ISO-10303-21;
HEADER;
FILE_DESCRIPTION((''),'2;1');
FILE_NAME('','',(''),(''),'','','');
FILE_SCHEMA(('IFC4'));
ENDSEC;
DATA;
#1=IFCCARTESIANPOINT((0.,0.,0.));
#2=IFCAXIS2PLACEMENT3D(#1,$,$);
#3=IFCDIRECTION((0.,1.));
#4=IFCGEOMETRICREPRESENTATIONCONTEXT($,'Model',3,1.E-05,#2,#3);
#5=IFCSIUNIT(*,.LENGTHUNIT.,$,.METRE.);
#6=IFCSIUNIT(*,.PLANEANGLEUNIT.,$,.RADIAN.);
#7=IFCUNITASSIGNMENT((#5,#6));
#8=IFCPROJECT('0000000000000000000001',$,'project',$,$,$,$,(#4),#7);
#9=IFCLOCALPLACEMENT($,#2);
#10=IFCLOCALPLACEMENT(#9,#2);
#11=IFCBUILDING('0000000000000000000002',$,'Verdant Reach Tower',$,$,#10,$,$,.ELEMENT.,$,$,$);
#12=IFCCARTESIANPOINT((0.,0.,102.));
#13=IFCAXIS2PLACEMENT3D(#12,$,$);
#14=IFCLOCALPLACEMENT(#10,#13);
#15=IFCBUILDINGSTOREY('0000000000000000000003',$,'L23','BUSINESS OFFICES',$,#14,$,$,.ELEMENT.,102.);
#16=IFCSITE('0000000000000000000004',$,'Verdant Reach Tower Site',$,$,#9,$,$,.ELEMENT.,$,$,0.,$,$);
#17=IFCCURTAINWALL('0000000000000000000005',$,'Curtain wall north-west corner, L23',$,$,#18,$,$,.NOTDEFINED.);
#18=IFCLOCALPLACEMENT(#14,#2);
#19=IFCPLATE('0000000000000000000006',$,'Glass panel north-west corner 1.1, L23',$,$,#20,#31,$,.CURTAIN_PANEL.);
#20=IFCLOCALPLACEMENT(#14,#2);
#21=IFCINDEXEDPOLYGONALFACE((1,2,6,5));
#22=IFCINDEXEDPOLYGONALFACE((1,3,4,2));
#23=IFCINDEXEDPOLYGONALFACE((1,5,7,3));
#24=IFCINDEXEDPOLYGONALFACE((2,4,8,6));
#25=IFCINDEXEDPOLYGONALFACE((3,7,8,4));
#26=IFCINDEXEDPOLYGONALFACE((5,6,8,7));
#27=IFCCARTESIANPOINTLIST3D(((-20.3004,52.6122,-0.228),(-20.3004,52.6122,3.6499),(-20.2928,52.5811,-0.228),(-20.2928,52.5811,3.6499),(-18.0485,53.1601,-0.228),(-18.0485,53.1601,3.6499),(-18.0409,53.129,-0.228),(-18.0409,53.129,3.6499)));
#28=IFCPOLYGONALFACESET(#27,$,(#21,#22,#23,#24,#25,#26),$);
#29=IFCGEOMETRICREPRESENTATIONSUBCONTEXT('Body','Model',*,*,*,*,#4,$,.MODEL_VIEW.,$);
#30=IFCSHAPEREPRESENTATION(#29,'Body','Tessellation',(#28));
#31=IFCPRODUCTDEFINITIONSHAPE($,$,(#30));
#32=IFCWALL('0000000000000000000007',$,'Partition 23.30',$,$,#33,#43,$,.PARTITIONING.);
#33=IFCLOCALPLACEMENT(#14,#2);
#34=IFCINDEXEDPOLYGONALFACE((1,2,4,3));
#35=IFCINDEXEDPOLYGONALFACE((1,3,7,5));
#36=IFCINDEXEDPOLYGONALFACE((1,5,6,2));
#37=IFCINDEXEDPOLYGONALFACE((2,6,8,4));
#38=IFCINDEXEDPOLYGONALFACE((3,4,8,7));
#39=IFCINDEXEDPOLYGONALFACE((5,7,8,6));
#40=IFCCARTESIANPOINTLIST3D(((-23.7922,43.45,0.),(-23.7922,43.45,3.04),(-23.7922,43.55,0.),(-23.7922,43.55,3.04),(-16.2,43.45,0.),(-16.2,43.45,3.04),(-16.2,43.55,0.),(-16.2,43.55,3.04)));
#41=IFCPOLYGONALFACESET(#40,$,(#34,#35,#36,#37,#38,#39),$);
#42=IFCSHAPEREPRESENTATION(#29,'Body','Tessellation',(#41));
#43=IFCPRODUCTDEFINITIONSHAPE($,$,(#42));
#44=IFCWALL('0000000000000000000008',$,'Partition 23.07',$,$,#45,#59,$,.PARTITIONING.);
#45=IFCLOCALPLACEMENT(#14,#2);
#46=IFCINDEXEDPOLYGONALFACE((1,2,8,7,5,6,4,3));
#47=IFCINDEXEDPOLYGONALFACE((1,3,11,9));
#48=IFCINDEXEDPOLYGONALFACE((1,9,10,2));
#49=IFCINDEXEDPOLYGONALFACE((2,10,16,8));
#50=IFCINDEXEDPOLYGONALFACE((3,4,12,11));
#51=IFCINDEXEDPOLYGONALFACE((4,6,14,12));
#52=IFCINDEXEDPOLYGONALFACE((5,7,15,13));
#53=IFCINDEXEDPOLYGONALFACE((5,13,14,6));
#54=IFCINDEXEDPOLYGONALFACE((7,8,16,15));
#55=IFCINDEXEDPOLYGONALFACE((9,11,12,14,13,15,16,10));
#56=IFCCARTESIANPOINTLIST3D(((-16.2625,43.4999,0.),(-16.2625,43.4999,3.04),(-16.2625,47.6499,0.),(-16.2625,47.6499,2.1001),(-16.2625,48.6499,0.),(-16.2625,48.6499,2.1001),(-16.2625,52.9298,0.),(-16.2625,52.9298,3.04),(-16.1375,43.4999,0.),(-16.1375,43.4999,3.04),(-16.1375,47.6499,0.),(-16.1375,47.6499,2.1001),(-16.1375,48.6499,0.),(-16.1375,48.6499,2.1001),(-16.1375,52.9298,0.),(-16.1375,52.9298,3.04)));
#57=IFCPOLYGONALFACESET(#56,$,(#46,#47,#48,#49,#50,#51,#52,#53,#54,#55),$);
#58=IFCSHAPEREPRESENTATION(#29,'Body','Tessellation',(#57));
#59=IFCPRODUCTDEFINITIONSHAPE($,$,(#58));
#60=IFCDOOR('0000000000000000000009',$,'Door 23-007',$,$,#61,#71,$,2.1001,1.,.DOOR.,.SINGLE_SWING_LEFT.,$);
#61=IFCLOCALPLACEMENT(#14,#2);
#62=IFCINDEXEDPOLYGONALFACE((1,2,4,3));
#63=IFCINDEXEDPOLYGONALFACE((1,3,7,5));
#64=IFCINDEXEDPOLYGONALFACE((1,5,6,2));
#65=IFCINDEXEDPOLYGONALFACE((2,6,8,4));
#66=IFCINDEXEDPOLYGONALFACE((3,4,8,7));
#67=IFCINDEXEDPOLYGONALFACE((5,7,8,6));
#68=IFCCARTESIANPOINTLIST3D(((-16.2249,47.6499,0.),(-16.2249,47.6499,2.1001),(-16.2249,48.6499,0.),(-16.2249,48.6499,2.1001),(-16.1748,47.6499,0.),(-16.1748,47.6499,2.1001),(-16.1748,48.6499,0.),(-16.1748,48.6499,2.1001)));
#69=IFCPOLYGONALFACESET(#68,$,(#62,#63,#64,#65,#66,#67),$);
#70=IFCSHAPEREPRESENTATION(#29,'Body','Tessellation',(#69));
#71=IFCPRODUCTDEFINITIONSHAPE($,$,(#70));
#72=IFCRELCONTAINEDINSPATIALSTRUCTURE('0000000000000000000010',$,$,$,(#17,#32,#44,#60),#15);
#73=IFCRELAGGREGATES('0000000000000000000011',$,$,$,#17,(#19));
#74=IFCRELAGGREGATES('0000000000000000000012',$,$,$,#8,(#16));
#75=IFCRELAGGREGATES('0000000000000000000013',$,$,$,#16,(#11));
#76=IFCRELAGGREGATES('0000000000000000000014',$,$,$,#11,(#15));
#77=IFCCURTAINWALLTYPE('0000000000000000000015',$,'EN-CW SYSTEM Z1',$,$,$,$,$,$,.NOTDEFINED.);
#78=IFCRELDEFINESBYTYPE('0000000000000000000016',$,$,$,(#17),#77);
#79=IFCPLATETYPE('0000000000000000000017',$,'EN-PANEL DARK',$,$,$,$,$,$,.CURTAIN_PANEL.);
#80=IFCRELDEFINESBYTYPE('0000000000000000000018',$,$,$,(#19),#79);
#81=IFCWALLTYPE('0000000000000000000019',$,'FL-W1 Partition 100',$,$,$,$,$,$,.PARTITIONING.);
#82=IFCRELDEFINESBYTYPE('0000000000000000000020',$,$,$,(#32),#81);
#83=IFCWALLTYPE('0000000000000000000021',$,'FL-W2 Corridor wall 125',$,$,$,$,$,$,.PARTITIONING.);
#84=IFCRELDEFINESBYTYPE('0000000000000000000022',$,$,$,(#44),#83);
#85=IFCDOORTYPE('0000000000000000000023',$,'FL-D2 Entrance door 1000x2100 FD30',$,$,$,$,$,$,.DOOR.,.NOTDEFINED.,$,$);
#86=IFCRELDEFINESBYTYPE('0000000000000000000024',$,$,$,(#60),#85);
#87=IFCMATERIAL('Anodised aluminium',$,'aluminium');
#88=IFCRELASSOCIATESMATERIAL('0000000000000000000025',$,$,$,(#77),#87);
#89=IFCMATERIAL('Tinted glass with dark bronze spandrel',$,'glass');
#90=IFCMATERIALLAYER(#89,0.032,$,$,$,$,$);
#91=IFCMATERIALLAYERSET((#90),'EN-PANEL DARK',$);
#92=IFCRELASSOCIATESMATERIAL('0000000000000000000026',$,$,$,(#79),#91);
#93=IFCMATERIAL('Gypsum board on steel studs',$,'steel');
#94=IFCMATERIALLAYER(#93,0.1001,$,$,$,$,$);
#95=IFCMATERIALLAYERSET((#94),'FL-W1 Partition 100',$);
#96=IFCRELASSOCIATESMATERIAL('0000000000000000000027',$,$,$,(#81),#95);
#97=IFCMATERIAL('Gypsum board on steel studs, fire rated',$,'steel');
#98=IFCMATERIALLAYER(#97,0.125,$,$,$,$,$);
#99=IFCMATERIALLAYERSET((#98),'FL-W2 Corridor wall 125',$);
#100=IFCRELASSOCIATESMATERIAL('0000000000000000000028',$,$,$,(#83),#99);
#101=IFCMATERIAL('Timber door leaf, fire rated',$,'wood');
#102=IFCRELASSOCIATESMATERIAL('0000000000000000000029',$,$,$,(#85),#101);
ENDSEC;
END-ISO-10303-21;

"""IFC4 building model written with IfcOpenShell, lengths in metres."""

from ifc_helpers import new_model, si_unit, direction, frame, frame_2d, origin, origin_2d, place, context, subcontext, project, spatial, rectangle, extrude, material, layer, layer_set, type_object, element, fill, aggregate, save


model = new_model("IFC4")

# Units and contexts
model_context = context("Model", 3, precision=1e-05, world=origin(), true_north=direction((0.0, 1.0)))
body_context = subcontext(model_context, "Body", "Model", "MODEL_VIEW")
ifc_project = project(units=[si_unit("LENGTHUNIT", "METRE"), si_unit("PLANEANGLEUNIT", "RADIAN")], contexts=[model_context])

# Site, building, storey
site_placement = place(None, origin())
site = spatial("IfcSite", under=ifc_project, at=site_placement, Name="Verdant Reach Tower Site", CompositionType="ELEMENT", RefElevation=0.0)
building_placement = place(site_placement, origin())
building = spatial("IfcBuilding", under=site, at=building_placement, Name="Verdant Reach Tower", CompositionType="ELEMENT")
storey_placement = place(building_placement, frame((0.0, 0.0, 102.0)))
storey = spatial("IfcBuildingStorey", under=building, at=storey_placement, Name="L23", Description="BUSINESS OFFICES", CompositionType="ELEMENT", Elevation=102.0)

# Shared definitions
ifc_material_1 = material(Name="Anodised aluminium", Category="aluminium")
curtain_wall_type = type_object("IfcCurtainWallType", Name="EN-CW SYSTEM Z1", PredefinedType="NOTDEFINED", material=ifc_material_1)

# Curtain wall
curtain_wall_1_placement = place(storey_placement, origin())
curtain_wall_1 = element("IfcCurtainWall", 1, at=curtain_wall_1_placement, inside=storey, type_object=curtain_wall_type, Name="Curtain wall north-west corner, L23", PredefinedType="NOTDEFINED")

# Plate
ifc_material_2 = material(Name="Tinted glass with dark bronze spandrel", Category="glass")
ifc_layer_1 = layer(ifc_material_2, 0.032)
ifc_layer_set_1 = layer_set([ifc_layer_1], Name="EN-PANEL DARK")
plate_type_1 = type_object("IfcPlateType", Name="EN-PANEL DARK", PredefinedType="CURTAIN_PANEL", material=ifc_layer_set_1)
plate_1_placement = place(storey_placement, frame((-19.1707, 52.8706, -0.228), z_axis=(0.0, 0.0, 1.0), x_axis=(-0.971661, -0.23638, 0.0)))
plate_1 = element("IfcPlate", 2, at=plate_1_placement, type_object=plate_type_1, Name="Glass panel north-west corner 1.1, L23", PredefinedType="CURTAIN_PANEL", context=body_context, shape_type="SweptSolid", body=[
    extrude(rectangle(XDim=2.3176, YDim=0.032, at=origin_2d()), origin(), (0.0, 0.0, 1.0), 3.8779),
])
aggregate(curtain_wall_1, [plate_1])

# Wall
ifc_material_3 = material(Name="Gypsum board on steel studs", Category="steel")
ifc_layer_2 = layer(ifc_material_3, 0.1001)
ifc_layer_set_2 = layer_set([ifc_layer_2], Name="FL-W1 Partition 100")
wall_type_1 = type_object("IfcWallType", Name="FL-W1 Partition 100", PredefinedType="PARTITIONING", material=ifc_layer_set_2)
wall_1_placement = place(storey_placement, frame((-16.2, 43.5, 0.0), z_axis=(0.0, 0.0, 1.0), x_axis=(-1.0, 0.0, 0.0)))
element("IfcWall", 3, at=wall_1_placement, inside=storey, type_object=wall_type_1, Name="Partition 23.30", PredefinedType="PARTITIONING", context=body_context, shape_type="SweptSolid", body=[
    extrude(rectangle(XDim=7.5923, YDim=0.1001, at=frame_2d((3.7961, 0.0))), origin(), (0.0, 0.0, 1.0), 3.04),
])

# Wall, opening, door
ifc_material_4 = material(Name="Gypsum board on steel studs, fire rated", Category="steel")
ifc_layer_3 = layer(ifc_material_4, 0.125)
ifc_layer_set_3 = layer_set([ifc_layer_3], Name="FL-W2 Corridor wall 125")
wall_type_2 = type_object("IfcWallType", Name="FL-W2 Corridor wall 125", PredefinedType="PARTITIONING", material=ifc_layer_set_3)
wall_2_placement = place(storey_placement, frame((-16.2, 43.5, 0.0), z_axis=(0.0, 0.0, 1.0), x_axis=(0.0, 1.0, 0.0)))
wall_2 = element("IfcWall", 4, at=wall_2_placement, inside=storey, type_object=wall_type_2, Name="Partition 23.07", PredefinedType="PARTITIONING", context=body_context, shape_type="SweptSolid", body=[
    extrude(rectangle(XDim=9.4299, YDim=0.125, at=frame_2d((4.7148, 0.0))), origin(), (0.0, 0.0, 1.0), 3.04),
])
opening_placement = place(wall_2_placement, frame((4.1499, 0.0, 0.0)))
opening = element("IfcOpeningElement", 5, at=opening_placement, cuts=wall_2, PredefinedType="OPENING", context=body_context, shape_type="SweptSolid", body=[
    extrude(rectangle(XDim=1.0, YDim=2.1001, at=frame_2d((0.5, 1.05))), frame((0.0, 0.0725, 0.0), z_axis=(0.0, -1.0, 0.0), x_axis=(1.0, 0.0, 0.0)), (0.0, 0.0, 1.0), 0.145),
])
ifc_material_5 = material(Name="Timber door leaf, fire rated", Category="wood")
door_type = type_object("IfcDoorType", Name="FL-D2 Entrance door 1000x2100 FD30", OperationType="NOTDEFINED", PredefinedType="DOOR", material=ifc_material_5)
door_placement = place(opening_placement, origin())
door = element("IfcDoor", 6, at=door_placement, inside=storey, type_object=door_type, Name="Door 23-007", OperationType="SINGLE_SWING_LEFT", OverallHeight=2.1001, OverallWidth=1.0, PredefinedType="DOOR", context=body_context, shape_type="SweptSolid", body=[
    extrude(rectangle(XDim=1.0, YDim=2.1001, at=frame_2d((0.5, 1.05))), frame((0.0, 0.0249, 0.0), z_axis=(0.0, -1.0, 0.0), x_axis=(1.0, 0.0, 0.0)), (0.0, 0.0, 1.0), 0.05),
])
fill(opening, door)

save(model, "model.ifc")
